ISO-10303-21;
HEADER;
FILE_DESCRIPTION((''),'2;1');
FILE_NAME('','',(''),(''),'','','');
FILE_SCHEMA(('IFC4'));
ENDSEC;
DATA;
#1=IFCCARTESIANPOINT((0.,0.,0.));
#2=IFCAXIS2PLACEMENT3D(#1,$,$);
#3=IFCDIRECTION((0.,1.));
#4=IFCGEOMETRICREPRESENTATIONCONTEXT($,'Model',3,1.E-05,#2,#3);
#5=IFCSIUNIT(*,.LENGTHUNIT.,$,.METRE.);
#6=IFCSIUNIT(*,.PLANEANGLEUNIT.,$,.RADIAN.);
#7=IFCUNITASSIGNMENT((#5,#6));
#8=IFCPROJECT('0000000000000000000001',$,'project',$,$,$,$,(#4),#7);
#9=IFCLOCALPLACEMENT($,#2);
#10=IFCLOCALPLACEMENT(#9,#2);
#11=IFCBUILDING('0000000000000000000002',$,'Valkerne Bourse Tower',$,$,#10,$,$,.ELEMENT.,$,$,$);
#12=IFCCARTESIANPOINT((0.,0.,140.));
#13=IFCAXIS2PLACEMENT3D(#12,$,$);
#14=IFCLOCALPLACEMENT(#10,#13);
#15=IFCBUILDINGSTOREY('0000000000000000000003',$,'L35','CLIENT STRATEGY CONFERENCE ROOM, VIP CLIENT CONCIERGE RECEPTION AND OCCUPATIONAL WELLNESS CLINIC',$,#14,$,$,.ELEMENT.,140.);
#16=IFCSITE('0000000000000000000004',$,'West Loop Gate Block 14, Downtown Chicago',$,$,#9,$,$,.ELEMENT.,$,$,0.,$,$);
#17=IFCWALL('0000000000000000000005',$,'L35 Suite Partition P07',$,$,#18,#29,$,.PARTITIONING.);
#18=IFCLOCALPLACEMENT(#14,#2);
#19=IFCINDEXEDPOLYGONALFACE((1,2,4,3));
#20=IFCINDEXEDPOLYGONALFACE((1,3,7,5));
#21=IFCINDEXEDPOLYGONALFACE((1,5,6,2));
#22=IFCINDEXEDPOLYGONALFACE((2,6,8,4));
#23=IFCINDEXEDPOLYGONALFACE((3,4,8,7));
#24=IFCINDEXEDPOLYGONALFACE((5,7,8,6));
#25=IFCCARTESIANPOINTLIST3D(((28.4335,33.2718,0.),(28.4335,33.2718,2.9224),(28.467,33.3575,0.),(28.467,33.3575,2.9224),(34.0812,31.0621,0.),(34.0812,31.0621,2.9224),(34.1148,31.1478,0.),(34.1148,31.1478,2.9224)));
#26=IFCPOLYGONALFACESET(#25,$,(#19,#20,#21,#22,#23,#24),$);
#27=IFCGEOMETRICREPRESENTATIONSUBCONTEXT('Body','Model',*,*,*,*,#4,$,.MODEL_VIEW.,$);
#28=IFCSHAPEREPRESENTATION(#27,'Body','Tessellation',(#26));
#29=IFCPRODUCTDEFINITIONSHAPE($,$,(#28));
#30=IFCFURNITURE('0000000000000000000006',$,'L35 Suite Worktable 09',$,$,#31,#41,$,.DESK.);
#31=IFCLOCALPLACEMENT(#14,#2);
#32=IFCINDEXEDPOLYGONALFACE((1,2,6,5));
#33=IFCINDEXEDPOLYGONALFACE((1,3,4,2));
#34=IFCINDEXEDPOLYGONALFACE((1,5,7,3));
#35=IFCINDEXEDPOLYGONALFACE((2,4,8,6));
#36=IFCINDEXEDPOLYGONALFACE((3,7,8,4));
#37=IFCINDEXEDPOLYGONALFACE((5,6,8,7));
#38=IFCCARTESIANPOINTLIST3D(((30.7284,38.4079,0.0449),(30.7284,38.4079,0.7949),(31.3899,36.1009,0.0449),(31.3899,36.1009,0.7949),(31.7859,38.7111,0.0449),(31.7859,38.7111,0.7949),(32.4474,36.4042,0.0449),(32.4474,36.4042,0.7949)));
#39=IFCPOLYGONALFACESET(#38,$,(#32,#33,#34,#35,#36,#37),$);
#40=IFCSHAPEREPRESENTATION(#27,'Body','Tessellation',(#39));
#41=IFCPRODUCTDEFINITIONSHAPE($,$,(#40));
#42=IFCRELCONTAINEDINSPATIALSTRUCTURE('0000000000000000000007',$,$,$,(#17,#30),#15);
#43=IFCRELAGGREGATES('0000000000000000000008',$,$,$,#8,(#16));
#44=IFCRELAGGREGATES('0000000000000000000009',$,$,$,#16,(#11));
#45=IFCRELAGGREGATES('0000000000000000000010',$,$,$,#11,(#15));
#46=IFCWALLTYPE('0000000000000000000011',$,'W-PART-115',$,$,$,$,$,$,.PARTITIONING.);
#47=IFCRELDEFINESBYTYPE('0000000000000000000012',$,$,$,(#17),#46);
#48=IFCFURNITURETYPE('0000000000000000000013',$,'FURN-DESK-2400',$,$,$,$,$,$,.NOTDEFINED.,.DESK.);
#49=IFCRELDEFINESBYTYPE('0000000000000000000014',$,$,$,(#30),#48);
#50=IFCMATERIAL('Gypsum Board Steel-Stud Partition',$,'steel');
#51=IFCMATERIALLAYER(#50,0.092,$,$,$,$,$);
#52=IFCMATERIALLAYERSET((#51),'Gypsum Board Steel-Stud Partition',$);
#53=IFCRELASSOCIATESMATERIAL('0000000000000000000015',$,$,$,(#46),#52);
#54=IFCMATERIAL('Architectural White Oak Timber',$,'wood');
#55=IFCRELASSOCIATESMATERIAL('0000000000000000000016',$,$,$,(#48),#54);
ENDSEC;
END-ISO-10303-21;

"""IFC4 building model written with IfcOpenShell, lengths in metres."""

from ifc_helpers import new_model, si_unit, direction, frame, frame_2d, origin, origin_2d, place, context, subcontext, project, spatial, rectangle, extrude, material, layer, layer_set, type_object, element, save


model = new_model("IFC4")

# Units and contexts
model_context = context("Model", 3, precision=1e-05, world=origin(), true_north=direction((0.0, 1.0)))
body_context = subcontext(model_context, "Body", "Model", "MODEL_VIEW")
ifc_project = project(units=[si_unit("LENGTHUNIT", "METRE"), si_unit("PLANEANGLEUNIT", "RADIAN")], contexts=[model_context])

# Site, building, storey
site_placement = place(None, origin())
site = spatial("IfcSite", under=ifc_project, at=site_placement, Name="West Loop Gate Block 14, Downtown Chicago", CompositionType="ELEMENT", RefElevation=0.0)
building_placement = place(site_placement, origin())
building = spatial("IfcBuilding", under=site, at=building_placement, Name="Valkerne Bourse Tower", CompositionType="ELEMENT")
storey_placement = place(building_placement, frame((0.0, 0.0, 140.0)))
storey = spatial("IfcBuildingStorey", under=building, at=storey_placement, Name="L35", Description="CLIENT STRATEGY CONFERENCE ROOM, VIP CLIENT CONCIERGE RECEPTION AND OCCUPATIONAL WELLNESS CLINIC", CompositionType="ELEMENT", Elevation=140.0)

# Shared definitions
ifc_material_1 = material(Name="Gypsum Board Steel-Stud Partition", Category="steel")

# Shared definitions
ifc_material_2 = material(Name="Architectural White Oak Timber", Category="wood")

# Wall
ifc_layer_1 = layer(ifc_material_1, 0.092)
ifc_layer_set_1 = layer_set([ifc_layer_1], Name="Gypsum Board Steel-Stud Partition")
wall_type_1 = type_object("IfcWallType", Name="W-PART-115", PredefinedType="PARTITIONING", material=ifc_layer_set_1)
wall_1_placement = place(storey_placement, frame((34.0979, 31.105, 0.0), z_axis=(0.0, 0.0, 1.0), x_axis=(-0.931257, 0.364363, 0.0)))
element("IfcWall", 1, at=wall_1_placement, inside=storey, type_object=wall_type_1, Name="L35 Suite Partition P07", PredefinedType="PARTITIONING", context=body_context, shape_type="SweptSolid", body=[
    extrude(rectangle(XDim=6.0647, YDim=0.092, at=frame_2d((3.0322, 0.0))), origin(), (0.0, 0.0, 1.0), 2.9224),
])

# Furniture
furniture_type = type_object("IfcFurnitureType", Name="FURN-DESK-2400", AssemblyPlace="NOTDEFINED", PredefinedType="DESK", material=ifc_material_2)
furniture_placement = place(storey_placement, frame((31.5879, 37.406, 0.0449), z_axis=(0.0, 0.0, 1.0), x_axis=(-0.275637, 0.961262, 0.0)))
element("IfcFurniture", 2, at=furniture_placement, inside=storey, type_object=furniture_type, Name="L35 Suite Worktable 09", PredefinedType="DESK", context=body_context, shape_type="SweptSolid", body=[
    extrude(rectangle(XDim=2.3999, YDim=1.1001, at=origin_2d()), origin(), (0.0, 0.0, 1.0), 0.75),
])

save(model, "model.ifc")
